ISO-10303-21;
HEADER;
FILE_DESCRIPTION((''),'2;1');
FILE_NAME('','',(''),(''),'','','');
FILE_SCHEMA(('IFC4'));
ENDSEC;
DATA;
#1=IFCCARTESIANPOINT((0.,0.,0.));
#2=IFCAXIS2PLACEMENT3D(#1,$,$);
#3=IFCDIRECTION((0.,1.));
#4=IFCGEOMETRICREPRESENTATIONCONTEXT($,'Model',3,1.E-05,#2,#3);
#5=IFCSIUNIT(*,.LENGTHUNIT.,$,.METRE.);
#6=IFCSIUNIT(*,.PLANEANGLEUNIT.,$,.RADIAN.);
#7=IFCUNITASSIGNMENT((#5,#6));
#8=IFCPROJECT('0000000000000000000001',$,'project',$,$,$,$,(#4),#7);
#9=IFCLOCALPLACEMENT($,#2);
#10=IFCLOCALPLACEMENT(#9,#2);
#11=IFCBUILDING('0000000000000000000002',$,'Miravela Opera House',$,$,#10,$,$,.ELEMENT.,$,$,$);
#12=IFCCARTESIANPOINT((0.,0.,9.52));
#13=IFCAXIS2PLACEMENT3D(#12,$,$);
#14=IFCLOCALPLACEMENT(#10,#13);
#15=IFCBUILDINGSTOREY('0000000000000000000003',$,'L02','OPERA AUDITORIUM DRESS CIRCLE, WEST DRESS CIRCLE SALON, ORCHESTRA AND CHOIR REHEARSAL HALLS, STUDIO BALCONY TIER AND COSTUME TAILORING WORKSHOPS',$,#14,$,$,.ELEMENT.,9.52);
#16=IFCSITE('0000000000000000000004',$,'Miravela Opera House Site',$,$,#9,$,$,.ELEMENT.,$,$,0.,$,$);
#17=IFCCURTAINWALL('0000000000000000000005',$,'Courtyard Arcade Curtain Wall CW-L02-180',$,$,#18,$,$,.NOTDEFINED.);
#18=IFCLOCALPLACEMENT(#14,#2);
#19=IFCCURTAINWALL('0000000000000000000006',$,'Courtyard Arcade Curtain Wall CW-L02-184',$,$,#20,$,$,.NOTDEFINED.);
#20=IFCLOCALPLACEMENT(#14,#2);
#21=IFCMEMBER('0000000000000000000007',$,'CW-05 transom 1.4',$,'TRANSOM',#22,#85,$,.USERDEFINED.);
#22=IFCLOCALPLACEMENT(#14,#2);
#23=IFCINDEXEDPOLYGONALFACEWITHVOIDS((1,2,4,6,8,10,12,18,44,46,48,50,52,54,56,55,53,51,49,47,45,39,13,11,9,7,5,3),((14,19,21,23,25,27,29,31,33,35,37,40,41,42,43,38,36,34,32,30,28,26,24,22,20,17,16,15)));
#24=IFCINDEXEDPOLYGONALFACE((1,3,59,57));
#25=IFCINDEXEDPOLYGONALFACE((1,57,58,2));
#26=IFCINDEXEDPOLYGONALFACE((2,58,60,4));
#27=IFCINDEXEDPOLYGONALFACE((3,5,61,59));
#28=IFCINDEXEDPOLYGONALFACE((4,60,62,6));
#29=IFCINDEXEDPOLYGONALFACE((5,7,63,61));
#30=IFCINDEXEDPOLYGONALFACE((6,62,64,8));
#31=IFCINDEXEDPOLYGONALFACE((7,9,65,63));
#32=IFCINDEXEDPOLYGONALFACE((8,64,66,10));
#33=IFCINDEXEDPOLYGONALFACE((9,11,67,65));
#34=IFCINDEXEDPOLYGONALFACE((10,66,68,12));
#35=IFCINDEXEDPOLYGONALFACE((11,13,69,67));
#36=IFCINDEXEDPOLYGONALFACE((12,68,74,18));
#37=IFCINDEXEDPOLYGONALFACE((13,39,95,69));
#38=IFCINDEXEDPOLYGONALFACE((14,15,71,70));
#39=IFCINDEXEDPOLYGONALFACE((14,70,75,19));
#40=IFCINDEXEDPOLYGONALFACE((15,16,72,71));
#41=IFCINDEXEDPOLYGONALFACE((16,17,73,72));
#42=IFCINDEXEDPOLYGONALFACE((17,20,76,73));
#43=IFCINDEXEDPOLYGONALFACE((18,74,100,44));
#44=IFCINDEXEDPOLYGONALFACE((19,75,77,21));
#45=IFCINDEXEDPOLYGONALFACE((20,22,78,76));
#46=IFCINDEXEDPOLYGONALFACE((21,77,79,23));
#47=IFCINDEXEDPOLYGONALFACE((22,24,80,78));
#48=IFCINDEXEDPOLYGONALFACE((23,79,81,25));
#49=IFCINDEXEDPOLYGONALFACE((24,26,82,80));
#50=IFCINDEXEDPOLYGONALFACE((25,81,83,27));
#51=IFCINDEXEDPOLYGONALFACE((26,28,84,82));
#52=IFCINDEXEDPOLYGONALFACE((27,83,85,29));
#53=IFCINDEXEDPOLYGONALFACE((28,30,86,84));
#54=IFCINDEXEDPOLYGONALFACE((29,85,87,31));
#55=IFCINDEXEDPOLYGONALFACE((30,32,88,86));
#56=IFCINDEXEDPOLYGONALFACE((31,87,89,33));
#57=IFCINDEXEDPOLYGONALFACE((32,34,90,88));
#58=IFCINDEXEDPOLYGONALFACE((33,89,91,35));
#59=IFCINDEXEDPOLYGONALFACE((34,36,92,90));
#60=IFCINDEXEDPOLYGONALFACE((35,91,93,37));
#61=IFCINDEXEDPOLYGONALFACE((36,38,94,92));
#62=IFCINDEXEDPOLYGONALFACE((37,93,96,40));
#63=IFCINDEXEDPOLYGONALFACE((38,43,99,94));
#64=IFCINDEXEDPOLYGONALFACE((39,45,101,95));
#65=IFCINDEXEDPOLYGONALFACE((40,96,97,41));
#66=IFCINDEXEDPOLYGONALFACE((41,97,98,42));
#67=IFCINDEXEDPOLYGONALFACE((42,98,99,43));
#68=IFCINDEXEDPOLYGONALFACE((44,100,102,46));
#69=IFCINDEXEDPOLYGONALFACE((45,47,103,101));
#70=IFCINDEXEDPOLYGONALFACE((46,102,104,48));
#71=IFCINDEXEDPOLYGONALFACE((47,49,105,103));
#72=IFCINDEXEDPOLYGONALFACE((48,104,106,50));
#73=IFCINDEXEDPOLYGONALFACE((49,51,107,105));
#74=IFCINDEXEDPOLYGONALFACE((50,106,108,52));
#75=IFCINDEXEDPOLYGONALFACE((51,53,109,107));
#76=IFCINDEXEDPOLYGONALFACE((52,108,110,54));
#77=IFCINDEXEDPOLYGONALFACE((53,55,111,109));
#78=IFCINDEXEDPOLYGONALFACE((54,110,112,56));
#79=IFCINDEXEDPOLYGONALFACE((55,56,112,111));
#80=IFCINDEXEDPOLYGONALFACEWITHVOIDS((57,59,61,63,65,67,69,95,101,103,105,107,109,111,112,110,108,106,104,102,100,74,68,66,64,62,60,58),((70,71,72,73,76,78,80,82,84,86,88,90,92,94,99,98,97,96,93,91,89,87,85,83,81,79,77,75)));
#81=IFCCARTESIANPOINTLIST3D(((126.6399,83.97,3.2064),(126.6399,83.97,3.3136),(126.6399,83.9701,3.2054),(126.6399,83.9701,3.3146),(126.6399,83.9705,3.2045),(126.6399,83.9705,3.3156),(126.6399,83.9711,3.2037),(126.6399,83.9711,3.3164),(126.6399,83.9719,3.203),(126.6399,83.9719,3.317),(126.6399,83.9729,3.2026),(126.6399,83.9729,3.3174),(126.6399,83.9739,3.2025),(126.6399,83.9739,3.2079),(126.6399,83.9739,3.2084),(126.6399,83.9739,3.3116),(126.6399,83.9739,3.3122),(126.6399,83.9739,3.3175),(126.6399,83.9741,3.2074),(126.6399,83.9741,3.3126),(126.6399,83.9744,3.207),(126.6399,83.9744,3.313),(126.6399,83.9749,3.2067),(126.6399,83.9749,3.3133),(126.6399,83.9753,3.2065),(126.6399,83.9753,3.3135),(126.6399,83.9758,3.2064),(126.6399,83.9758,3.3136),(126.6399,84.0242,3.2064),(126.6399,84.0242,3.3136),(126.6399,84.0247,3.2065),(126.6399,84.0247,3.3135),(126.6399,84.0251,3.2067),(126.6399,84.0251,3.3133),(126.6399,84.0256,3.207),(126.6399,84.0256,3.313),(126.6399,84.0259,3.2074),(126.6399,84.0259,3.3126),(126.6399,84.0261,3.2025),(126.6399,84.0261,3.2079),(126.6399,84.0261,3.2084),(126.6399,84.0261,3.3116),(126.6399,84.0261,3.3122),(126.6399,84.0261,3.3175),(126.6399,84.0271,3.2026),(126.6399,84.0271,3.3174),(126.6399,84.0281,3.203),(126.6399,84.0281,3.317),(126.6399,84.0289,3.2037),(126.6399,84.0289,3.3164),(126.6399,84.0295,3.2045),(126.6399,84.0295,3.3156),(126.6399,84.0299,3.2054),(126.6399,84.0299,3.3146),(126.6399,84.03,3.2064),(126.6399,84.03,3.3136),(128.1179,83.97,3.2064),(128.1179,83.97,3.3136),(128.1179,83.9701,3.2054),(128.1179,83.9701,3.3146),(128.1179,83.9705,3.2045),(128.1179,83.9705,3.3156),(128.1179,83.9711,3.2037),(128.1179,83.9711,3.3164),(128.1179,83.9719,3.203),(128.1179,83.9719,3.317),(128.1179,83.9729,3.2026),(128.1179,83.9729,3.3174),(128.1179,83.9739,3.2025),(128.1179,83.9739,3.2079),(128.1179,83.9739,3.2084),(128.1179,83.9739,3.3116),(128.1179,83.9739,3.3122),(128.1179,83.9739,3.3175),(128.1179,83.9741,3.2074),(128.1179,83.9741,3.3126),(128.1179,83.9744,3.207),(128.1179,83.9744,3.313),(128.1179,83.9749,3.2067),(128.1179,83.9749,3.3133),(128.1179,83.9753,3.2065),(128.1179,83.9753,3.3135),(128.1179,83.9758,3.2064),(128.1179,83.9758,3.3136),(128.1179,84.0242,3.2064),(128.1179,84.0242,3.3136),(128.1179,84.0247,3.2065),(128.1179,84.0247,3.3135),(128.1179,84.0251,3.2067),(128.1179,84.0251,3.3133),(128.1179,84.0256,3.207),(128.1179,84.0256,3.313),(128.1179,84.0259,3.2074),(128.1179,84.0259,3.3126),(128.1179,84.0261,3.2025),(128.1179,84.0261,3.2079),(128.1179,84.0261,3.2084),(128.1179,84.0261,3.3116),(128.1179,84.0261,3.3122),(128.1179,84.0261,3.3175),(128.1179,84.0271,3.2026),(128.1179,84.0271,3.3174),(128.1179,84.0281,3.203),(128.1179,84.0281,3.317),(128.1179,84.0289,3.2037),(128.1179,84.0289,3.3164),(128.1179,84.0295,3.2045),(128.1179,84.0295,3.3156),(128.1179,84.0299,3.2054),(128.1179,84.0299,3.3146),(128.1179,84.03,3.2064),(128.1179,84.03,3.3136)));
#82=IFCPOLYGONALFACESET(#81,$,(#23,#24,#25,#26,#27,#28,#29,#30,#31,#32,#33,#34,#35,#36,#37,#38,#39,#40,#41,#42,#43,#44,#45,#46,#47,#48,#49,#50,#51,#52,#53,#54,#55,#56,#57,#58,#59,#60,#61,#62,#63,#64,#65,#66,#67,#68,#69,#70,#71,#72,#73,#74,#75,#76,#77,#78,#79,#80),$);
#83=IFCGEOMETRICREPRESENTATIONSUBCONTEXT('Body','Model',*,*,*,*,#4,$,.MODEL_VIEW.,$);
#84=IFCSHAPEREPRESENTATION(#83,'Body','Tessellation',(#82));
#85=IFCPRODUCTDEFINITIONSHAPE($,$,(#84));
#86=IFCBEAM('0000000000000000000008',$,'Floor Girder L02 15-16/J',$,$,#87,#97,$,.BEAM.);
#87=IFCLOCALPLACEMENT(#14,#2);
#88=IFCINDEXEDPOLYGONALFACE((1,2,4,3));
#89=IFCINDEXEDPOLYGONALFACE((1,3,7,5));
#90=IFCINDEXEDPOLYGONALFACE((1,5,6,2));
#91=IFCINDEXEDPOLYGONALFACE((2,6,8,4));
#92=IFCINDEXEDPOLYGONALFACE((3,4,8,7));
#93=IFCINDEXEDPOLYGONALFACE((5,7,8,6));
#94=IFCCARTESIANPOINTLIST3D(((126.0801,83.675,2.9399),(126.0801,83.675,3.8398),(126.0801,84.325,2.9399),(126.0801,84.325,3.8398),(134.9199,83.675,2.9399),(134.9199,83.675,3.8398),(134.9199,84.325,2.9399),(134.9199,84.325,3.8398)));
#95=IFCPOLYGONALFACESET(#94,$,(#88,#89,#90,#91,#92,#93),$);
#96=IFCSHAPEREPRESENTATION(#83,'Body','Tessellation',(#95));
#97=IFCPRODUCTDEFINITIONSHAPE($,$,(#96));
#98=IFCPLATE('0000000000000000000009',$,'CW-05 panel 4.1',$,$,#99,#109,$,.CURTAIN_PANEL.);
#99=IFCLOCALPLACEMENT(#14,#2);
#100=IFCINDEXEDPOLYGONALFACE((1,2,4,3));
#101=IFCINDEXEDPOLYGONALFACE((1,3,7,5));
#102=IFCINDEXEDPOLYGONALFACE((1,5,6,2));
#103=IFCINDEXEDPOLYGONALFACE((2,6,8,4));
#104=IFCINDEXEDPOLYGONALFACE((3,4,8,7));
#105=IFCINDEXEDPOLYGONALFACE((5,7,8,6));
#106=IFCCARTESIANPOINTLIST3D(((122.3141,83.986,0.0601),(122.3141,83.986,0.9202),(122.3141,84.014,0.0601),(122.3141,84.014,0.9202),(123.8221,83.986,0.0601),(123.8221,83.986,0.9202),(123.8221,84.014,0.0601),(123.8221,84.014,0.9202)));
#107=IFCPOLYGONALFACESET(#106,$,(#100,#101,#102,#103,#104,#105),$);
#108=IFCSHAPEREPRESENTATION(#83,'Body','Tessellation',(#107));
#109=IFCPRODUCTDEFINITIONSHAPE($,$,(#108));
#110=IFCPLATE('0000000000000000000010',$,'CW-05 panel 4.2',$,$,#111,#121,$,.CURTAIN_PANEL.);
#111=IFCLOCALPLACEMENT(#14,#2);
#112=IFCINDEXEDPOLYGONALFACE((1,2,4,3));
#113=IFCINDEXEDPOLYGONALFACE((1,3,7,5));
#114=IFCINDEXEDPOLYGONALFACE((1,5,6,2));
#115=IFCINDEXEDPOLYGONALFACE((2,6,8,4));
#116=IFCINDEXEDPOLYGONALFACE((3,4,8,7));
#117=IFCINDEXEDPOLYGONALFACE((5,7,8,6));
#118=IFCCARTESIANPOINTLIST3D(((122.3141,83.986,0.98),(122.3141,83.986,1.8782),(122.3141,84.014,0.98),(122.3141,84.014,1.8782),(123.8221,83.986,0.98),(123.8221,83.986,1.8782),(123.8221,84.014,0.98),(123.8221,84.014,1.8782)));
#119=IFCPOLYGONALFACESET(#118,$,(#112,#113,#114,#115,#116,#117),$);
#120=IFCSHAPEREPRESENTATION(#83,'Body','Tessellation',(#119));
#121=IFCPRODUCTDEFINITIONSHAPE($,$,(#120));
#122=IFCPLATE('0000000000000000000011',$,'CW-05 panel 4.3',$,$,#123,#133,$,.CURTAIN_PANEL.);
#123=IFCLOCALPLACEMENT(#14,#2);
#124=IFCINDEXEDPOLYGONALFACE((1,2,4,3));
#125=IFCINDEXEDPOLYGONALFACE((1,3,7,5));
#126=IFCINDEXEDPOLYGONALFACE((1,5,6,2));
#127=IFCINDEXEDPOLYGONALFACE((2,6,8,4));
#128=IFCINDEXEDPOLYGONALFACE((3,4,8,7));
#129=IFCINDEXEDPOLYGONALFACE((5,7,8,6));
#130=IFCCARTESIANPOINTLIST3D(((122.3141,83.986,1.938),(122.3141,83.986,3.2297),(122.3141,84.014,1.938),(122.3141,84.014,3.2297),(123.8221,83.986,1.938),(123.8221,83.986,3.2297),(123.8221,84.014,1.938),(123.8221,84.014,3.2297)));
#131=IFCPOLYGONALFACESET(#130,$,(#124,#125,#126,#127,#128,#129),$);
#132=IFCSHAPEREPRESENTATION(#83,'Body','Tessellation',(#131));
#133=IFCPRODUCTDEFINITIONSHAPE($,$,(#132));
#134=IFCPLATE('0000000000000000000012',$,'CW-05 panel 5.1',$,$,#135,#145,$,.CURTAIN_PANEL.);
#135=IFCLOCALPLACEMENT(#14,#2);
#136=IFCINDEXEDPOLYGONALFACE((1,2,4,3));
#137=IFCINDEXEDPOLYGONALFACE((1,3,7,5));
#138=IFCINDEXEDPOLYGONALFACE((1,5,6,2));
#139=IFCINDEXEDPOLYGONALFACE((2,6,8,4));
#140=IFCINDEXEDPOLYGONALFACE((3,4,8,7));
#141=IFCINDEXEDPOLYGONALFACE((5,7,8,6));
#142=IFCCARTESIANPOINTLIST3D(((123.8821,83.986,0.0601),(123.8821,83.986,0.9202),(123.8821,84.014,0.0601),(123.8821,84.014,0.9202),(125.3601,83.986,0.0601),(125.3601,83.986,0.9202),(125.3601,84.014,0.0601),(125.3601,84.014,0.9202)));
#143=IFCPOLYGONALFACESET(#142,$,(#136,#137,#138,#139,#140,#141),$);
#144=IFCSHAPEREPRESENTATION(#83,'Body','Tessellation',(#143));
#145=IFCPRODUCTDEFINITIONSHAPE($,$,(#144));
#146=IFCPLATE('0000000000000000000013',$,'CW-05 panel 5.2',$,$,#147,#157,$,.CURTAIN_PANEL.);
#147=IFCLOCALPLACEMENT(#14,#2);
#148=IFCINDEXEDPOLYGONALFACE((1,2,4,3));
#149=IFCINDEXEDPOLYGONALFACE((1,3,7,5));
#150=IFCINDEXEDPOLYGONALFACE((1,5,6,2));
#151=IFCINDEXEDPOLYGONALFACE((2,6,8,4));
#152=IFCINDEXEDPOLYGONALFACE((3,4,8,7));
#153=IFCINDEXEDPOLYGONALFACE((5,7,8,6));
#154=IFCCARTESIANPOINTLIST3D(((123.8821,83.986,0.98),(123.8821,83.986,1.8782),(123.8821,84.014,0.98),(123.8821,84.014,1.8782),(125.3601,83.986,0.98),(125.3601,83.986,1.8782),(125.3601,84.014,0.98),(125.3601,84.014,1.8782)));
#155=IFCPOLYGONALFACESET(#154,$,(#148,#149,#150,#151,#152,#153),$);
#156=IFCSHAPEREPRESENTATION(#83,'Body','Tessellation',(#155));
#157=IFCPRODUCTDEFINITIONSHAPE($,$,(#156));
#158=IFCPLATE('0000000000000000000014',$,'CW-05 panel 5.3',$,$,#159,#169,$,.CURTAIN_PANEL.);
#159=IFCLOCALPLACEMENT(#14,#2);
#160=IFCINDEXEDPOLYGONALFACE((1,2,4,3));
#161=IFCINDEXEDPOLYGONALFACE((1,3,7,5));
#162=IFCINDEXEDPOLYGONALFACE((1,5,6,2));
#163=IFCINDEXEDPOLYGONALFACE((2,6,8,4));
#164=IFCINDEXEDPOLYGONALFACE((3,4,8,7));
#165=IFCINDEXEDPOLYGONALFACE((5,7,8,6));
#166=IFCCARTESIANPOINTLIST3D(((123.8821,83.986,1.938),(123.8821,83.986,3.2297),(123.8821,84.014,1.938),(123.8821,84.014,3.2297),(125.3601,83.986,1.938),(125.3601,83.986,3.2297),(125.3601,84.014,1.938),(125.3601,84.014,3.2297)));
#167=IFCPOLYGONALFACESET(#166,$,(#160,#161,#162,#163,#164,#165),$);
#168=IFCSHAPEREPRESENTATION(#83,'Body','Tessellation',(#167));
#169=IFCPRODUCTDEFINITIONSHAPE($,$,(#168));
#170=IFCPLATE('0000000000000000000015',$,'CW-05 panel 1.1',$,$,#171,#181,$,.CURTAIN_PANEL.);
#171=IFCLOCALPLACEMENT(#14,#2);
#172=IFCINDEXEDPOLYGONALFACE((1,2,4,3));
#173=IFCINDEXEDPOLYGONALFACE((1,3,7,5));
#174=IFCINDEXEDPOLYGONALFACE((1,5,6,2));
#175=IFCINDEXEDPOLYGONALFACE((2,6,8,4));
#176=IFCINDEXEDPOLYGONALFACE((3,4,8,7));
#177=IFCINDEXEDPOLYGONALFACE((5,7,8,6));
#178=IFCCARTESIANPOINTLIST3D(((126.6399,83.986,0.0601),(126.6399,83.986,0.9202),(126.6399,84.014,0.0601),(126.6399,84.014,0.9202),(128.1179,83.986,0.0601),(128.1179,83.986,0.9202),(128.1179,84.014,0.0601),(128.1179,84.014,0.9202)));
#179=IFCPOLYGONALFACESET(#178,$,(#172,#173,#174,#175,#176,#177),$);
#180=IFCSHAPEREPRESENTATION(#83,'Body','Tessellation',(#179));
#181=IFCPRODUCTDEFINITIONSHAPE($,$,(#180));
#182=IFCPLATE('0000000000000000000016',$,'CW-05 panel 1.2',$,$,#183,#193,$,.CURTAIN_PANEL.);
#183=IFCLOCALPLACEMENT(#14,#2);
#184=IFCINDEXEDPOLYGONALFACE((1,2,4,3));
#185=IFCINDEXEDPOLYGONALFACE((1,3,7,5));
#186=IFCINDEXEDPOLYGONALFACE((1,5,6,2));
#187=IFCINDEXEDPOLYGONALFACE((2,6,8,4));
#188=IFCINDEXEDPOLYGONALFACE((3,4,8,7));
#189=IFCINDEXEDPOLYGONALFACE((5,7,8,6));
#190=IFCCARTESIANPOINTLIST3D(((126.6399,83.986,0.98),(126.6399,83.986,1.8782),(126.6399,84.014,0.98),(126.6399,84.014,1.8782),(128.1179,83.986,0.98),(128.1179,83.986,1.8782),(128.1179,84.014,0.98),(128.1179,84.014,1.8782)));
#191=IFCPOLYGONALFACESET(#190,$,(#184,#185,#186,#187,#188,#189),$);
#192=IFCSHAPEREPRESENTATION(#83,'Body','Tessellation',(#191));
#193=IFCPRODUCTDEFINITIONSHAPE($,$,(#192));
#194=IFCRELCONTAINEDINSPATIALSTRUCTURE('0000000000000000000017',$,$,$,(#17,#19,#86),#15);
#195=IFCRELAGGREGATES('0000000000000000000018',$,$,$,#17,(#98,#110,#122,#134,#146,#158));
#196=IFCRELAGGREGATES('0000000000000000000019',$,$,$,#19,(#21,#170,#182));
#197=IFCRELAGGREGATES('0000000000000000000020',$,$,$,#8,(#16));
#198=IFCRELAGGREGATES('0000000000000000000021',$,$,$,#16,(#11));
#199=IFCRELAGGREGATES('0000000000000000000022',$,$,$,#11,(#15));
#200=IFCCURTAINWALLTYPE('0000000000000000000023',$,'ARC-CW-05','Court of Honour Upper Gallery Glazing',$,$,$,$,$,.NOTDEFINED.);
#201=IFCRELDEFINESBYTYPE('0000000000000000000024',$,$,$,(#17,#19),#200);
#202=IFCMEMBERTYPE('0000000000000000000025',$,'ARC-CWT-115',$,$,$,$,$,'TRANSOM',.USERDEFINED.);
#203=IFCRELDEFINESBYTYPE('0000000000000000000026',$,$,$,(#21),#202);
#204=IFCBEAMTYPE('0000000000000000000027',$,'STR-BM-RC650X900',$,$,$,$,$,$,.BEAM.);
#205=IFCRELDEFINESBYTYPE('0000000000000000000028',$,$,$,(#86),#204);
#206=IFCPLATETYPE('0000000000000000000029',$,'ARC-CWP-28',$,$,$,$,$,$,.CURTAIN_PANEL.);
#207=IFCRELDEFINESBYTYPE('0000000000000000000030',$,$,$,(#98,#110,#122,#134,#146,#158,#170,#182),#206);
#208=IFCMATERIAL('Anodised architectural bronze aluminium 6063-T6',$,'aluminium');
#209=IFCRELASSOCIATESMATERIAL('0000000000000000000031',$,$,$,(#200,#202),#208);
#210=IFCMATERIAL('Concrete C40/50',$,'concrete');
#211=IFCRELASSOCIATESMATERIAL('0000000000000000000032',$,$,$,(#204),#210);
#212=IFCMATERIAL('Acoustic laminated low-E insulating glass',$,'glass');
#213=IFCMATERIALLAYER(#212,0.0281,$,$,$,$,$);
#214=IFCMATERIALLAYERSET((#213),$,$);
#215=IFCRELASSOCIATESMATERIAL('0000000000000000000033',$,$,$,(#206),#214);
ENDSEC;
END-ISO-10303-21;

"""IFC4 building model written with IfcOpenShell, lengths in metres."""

from ifc_helpers import new_model, si_unit, direction, frame, origin, origin_2d, place, context, subcontext, project, spatial, rectangle, hollow_rectangle, extrude, material, layer, layer_set, material_profile, profile_set, type_object, element, aggregate, save


model = new_model("IFC4")

# Units and contexts
model_context = context("Model", 3, precision=1e-05, world=origin(), true_north=direction((0.0, 1.0)))
body_context = subcontext(model_context, "Body", "Model", "MODEL_VIEW")
ifc_project = project(units=[si_unit("LENGTHUNIT", "METRE"), si_unit("PLANEANGLEUNIT", "RADIAN")], contexts=[model_context])

# Site, building, storey
site_placement = place(None, origin())
site = spatial("IfcSite", under=ifc_project, at=site_placement, Name="Miravela Opera House Site", CompositionType="ELEMENT", RefElevation=0.0)
building_placement = place(site_placement, origin())
building = spatial("IfcBuilding", under=site, at=building_placement, Name="Miravela Opera House", CompositionType="ELEMENT")
storey_placement = place(building_placement, frame((0.0, 0.0, 9.52)))
storey = spatial("IfcBuildingStorey", under=building, at=storey_placement, Name="L02", Description="OPERA AUDITORIUM DRESS CIRCLE, WEST DRESS CIRCLE SALON, ORCHESTRA AND CHOIR REHEARSAL HALLS, STUDIO BALCONY TIER AND COSTUME TAILORING WORKSHOPS", CompositionType="ELEMENT", Elevation=9.52)

# Curtain walls
ifc_material_1 = material(Name="Anodised architectural bronze aluminium 6063-T6", Category="aluminium")
curtain_wall_type = type_object("IfcCurtainWallType", Name="ARC-CW-05", Description="Court of Honour Upper Gallery Glazing", PredefinedType="NOTDEFINED", material=ifc_material_1)
curtain_wall_1_placement = place(storey_placement, origin())
curtain_wall_1 = element("IfcCurtainWall", 1, at=curtain_wall_1_placement, inside=storey, type_object=curtain_wall_type, Name="Courtyard Arcade Curtain Wall CW-L02-180", PredefinedType="NOTDEFINED")
curtain_wall_2_placement = place(storey_placement, origin())
curtain_wall_2 = element("IfcCurtainWall", 2, at=curtain_wall_2_placement, inside=storey, type_object=curtain_wall_type, Name="Courtyard Arcade Curtain Wall CW-L02-184", PredefinedType="NOTDEFINED")

# Member
ifc_material_profile_1 = material_profile(ifc_material_1, hollow_rectangle(XDim=0.0601, YDim=0.115, WallThickness=0.0039, InnerFilletRadius=0.002, OuterFilletRadius=0.0039, at=origin_2d()), Name="CWT-60X115")
ifc_profile_set_1 = profile_set([ifc_material_profile_1])
member_type_1 = type_object("IfcMemberType", Name="ARC-CWT-115", ElementType="TRANSOM", PredefinedType="USERDEFINED", material=ifc_profile_set_1)
member_1_placement = place(storey_placement, frame((126.6399, 84.0, 3.26), z_axis=(1.0, 0.0, 0.0), x_axis=(0.0, 1.0, 0.0)))
member_1 = element("IfcMember", 3, at=member_1_placement, type_object=member_type_1, Name="CW-05 transom 1.4", ObjectType="TRANSOM", PredefinedType="USERDEFINED", context=body_context, shape_type="SweptSolid", body=[
    extrude(hollow_rectangle(XDim=0.0601, YDim=0.115, WallThickness=0.0039, InnerFilletRadius=0.002, OuterFilletRadius=0.0039, at=origin_2d()), origin(), (0.0, 0.0, 1.0), 1.478),
])

# Beam
ifc_material_2 = material(Name="Concrete C40/50", Category="concrete")
ifc_material_profile_2 = material_profile(ifc_material_2, rectangle(XDim=0.6499, YDim=0.8999, at=origin_2d()), Name="RC-BM-650X900")
ifc_profile_set_2 = profile_set([ifc_material_profile_2])
beam_type = type_object("IfcBeamType", Name="STR-BM-RC650X900", PredefinedType="BEAM", material=ifc_profile_set_2)
beam_placement = place(storey_placement, frame((126.0801, 84.0, 3.3899), z_axis=(1.0, 0.0, 0.0), x_axis=(0.0, 1.0, 0.0)))
element("IfcBeam", 4, at=beam_placement, inside=storey, type_object=beam_type, Name="Floor Girder L02 15-16/J", PredefinedType="BEAM", context=body_context, shape_type="SweptSolid", body=[
    extrude(rectangle(XDim=0.6499, YDim=0.8999, at=origin_2d()), origin(), (0.0, 0.0, 1.0), 8.8398),
])

# Plates
ifc_material_3 = material(Name="Acoustic laminated low-E insulating glass", Category="glass")
ifc_layer = layer(ifc_material_3, 0.0281)
ifc_layer_set = layer_set([ifc_layer])
plate_type = type_object("IfcPlateType", Name="ARC-CWP-28", PredefinedType="CURTAIN_PANEL", material=ifc_layer_set)
plate_1_placement = place(storey_placement, frame((123.0681, 84.0, 0.0601), z_axis=(0.0, 0.0, 1.0), x_axis=(1.0, 0.0, 0.0)))
plate_1 = element("IfcPlate", 5, at=plate_1_placement, type_object=plate_type, Name="CW-05 panel 4.1", PredefinedType="CURTAIN_PANEL", context=body_context, shape_type="SweptSolid", body=[
    extrude(rectangle(XDim=1.5081, YDim=0.0281, at=origin_2d()), origin(), (0.0, 0.0, 1.0), 0.8601),
])
plate_2_placement = place(storey_placement, frame((123.0681, 84.0, 0.98), z_axis=(0.0, 0.0, 1.0), x_axis=(1.0, 0.0, 0.0)))
plate_2 = element("IfcPlate", 6, at=plate_2_placement, type_object=plate_type, Name="CW-05 panel 4.2", PredefinedType="CURTAIN_PANEL", context=body_context, shape_type="SweptSolid", body=[
    extrude(rectangle(XDim=1.5081, YDim=0.0281, at=origin_2d()), origin(), (0.0, 0.0, 1.0), 0.8982),
])
plate_3_placement = place(storey_placement, frame((123.0681, 84.0, 1.938), z_axis=(0.0, 0.0, 1.0), x_axis=(1.0, 0.0, 0.0)))
plate_3 = element("IfcPlate", 7, at=plate_3_placement, type_object=plate_type, Name="CW-05 panel 4.3", PredefinedType="CURTAIN_PANEL", context=body_context, shape_type="SweptSolid", body=[
    extrude(rectangle(XDim=1.5081, YDim=0.0281, at=origin_2d()), origin(), (0.0, 0.0, 1.0), 1.2917),
])
plate_4_placement = place(storey_placement, frame((124.6211, 84.0, 0.0601), z_axis=(0.0, 0.0, 1.0), x_axis=(1.0, 0.0, 0.0)))
plate_4 = element("IfcPlate", 8, at=plate_4_placement, type_object=plate_type, Name="CW-05 panel 5.1", PredefinedType="CURTAIN_PANEL", context=body_context, shape_type="SweptSolid", body=[
    extrude(rectangle(XDim=1.478, YDim=0.0281, at=origin_2d()), origin(), (0.0, 0.0, 1.0), 0.8601),
])
plate_5_placement = place(storey_placement, frame((124.6211, 84.0, 0.98), z_axis=(0.0, 0.0, 1.0), x_axis=(1.0, 0.0, 0.0)))
plate_5 = element("IfcPlate", 9, at=plate_5_placement, type_object=plate_type, Name="CW-05 panel 5.2", PredefinedType="CURTAIN_PANEL", context=body_context, shape_type="SweptSolid", body=[
    extrude(rectangle(XDim=1.478, YDim=0.0281, at=origin_2d()), origin(), (0.0, 0.0, 1.0), 0.8982),
])
plate_6_placement = place(storey_placement, frame((124.6211, 84.0, 1.938), z_axis=(0.0, 0.0, 1.0), x_axis=(1.0, 0.0, 0.0)))
plate_6 = element("IfcPlate", 10, at=plate_6_placement, type_object=plate_type, Name="CW-05 panel 5.3", PredefinedType="CURTAIN_PANEL", context=body_context, shape_type="SweptSolid", body=[
    extrude(rectangle(XDim=1.478, YDim=0.0281, at=origin_2d()), origin(), (0.0, 0.0, 1.0), 1.2917),
])
aggregate(curtain_wall_1, [plate_1, plate_2, plate_3, plate_4, plate_5, plate_6])
plate_7_placement = place(storey_placement, frame((127.3789, 84.0, 0.0601), z_axis=(0.0, 0.0, 1.0), x_axis=(1.0, 0.0, 0.0)))
plate_7 = element("IfcPlate", 11, at=plate_7_placement, type_object=plate_type, Name="CW-05 panel 1.1", PredefinedType="CURTAIN_PANEL", context=body_context, shape_type="SweptSolid", body=[
    extrude(rectangle(XDim=1.478, YDim=0.0281, at=origin_2d()), origin(), (0.0, 0.0, 1.0), 0.8601),
])
plate_8_placement = place(storey_placement, frame((127.3789, 84.0, 0.98), z_axis=(0.0, 0.0, 1.0), x_axis=(1.0, 0.0, 0.0)))
plate_8 = element("IfcPlate", 12, at=plate_8_placement, type_object=plate_type, Name="CW-05 panel 1.2", PredefinedType="CURTAIN_PANEL", context=body_context, shape_type="SweptSolid", body=[
    extrude(rectangle(XDim=1.478, YDim=0.0281, at=origin_2d()), origin(), (0.0, 0.0, 1.0), 0.8982),
])
aggregate(curtain_wall_2, [member_1, plate_7, plate_8])

save(model, "model.ifc")
